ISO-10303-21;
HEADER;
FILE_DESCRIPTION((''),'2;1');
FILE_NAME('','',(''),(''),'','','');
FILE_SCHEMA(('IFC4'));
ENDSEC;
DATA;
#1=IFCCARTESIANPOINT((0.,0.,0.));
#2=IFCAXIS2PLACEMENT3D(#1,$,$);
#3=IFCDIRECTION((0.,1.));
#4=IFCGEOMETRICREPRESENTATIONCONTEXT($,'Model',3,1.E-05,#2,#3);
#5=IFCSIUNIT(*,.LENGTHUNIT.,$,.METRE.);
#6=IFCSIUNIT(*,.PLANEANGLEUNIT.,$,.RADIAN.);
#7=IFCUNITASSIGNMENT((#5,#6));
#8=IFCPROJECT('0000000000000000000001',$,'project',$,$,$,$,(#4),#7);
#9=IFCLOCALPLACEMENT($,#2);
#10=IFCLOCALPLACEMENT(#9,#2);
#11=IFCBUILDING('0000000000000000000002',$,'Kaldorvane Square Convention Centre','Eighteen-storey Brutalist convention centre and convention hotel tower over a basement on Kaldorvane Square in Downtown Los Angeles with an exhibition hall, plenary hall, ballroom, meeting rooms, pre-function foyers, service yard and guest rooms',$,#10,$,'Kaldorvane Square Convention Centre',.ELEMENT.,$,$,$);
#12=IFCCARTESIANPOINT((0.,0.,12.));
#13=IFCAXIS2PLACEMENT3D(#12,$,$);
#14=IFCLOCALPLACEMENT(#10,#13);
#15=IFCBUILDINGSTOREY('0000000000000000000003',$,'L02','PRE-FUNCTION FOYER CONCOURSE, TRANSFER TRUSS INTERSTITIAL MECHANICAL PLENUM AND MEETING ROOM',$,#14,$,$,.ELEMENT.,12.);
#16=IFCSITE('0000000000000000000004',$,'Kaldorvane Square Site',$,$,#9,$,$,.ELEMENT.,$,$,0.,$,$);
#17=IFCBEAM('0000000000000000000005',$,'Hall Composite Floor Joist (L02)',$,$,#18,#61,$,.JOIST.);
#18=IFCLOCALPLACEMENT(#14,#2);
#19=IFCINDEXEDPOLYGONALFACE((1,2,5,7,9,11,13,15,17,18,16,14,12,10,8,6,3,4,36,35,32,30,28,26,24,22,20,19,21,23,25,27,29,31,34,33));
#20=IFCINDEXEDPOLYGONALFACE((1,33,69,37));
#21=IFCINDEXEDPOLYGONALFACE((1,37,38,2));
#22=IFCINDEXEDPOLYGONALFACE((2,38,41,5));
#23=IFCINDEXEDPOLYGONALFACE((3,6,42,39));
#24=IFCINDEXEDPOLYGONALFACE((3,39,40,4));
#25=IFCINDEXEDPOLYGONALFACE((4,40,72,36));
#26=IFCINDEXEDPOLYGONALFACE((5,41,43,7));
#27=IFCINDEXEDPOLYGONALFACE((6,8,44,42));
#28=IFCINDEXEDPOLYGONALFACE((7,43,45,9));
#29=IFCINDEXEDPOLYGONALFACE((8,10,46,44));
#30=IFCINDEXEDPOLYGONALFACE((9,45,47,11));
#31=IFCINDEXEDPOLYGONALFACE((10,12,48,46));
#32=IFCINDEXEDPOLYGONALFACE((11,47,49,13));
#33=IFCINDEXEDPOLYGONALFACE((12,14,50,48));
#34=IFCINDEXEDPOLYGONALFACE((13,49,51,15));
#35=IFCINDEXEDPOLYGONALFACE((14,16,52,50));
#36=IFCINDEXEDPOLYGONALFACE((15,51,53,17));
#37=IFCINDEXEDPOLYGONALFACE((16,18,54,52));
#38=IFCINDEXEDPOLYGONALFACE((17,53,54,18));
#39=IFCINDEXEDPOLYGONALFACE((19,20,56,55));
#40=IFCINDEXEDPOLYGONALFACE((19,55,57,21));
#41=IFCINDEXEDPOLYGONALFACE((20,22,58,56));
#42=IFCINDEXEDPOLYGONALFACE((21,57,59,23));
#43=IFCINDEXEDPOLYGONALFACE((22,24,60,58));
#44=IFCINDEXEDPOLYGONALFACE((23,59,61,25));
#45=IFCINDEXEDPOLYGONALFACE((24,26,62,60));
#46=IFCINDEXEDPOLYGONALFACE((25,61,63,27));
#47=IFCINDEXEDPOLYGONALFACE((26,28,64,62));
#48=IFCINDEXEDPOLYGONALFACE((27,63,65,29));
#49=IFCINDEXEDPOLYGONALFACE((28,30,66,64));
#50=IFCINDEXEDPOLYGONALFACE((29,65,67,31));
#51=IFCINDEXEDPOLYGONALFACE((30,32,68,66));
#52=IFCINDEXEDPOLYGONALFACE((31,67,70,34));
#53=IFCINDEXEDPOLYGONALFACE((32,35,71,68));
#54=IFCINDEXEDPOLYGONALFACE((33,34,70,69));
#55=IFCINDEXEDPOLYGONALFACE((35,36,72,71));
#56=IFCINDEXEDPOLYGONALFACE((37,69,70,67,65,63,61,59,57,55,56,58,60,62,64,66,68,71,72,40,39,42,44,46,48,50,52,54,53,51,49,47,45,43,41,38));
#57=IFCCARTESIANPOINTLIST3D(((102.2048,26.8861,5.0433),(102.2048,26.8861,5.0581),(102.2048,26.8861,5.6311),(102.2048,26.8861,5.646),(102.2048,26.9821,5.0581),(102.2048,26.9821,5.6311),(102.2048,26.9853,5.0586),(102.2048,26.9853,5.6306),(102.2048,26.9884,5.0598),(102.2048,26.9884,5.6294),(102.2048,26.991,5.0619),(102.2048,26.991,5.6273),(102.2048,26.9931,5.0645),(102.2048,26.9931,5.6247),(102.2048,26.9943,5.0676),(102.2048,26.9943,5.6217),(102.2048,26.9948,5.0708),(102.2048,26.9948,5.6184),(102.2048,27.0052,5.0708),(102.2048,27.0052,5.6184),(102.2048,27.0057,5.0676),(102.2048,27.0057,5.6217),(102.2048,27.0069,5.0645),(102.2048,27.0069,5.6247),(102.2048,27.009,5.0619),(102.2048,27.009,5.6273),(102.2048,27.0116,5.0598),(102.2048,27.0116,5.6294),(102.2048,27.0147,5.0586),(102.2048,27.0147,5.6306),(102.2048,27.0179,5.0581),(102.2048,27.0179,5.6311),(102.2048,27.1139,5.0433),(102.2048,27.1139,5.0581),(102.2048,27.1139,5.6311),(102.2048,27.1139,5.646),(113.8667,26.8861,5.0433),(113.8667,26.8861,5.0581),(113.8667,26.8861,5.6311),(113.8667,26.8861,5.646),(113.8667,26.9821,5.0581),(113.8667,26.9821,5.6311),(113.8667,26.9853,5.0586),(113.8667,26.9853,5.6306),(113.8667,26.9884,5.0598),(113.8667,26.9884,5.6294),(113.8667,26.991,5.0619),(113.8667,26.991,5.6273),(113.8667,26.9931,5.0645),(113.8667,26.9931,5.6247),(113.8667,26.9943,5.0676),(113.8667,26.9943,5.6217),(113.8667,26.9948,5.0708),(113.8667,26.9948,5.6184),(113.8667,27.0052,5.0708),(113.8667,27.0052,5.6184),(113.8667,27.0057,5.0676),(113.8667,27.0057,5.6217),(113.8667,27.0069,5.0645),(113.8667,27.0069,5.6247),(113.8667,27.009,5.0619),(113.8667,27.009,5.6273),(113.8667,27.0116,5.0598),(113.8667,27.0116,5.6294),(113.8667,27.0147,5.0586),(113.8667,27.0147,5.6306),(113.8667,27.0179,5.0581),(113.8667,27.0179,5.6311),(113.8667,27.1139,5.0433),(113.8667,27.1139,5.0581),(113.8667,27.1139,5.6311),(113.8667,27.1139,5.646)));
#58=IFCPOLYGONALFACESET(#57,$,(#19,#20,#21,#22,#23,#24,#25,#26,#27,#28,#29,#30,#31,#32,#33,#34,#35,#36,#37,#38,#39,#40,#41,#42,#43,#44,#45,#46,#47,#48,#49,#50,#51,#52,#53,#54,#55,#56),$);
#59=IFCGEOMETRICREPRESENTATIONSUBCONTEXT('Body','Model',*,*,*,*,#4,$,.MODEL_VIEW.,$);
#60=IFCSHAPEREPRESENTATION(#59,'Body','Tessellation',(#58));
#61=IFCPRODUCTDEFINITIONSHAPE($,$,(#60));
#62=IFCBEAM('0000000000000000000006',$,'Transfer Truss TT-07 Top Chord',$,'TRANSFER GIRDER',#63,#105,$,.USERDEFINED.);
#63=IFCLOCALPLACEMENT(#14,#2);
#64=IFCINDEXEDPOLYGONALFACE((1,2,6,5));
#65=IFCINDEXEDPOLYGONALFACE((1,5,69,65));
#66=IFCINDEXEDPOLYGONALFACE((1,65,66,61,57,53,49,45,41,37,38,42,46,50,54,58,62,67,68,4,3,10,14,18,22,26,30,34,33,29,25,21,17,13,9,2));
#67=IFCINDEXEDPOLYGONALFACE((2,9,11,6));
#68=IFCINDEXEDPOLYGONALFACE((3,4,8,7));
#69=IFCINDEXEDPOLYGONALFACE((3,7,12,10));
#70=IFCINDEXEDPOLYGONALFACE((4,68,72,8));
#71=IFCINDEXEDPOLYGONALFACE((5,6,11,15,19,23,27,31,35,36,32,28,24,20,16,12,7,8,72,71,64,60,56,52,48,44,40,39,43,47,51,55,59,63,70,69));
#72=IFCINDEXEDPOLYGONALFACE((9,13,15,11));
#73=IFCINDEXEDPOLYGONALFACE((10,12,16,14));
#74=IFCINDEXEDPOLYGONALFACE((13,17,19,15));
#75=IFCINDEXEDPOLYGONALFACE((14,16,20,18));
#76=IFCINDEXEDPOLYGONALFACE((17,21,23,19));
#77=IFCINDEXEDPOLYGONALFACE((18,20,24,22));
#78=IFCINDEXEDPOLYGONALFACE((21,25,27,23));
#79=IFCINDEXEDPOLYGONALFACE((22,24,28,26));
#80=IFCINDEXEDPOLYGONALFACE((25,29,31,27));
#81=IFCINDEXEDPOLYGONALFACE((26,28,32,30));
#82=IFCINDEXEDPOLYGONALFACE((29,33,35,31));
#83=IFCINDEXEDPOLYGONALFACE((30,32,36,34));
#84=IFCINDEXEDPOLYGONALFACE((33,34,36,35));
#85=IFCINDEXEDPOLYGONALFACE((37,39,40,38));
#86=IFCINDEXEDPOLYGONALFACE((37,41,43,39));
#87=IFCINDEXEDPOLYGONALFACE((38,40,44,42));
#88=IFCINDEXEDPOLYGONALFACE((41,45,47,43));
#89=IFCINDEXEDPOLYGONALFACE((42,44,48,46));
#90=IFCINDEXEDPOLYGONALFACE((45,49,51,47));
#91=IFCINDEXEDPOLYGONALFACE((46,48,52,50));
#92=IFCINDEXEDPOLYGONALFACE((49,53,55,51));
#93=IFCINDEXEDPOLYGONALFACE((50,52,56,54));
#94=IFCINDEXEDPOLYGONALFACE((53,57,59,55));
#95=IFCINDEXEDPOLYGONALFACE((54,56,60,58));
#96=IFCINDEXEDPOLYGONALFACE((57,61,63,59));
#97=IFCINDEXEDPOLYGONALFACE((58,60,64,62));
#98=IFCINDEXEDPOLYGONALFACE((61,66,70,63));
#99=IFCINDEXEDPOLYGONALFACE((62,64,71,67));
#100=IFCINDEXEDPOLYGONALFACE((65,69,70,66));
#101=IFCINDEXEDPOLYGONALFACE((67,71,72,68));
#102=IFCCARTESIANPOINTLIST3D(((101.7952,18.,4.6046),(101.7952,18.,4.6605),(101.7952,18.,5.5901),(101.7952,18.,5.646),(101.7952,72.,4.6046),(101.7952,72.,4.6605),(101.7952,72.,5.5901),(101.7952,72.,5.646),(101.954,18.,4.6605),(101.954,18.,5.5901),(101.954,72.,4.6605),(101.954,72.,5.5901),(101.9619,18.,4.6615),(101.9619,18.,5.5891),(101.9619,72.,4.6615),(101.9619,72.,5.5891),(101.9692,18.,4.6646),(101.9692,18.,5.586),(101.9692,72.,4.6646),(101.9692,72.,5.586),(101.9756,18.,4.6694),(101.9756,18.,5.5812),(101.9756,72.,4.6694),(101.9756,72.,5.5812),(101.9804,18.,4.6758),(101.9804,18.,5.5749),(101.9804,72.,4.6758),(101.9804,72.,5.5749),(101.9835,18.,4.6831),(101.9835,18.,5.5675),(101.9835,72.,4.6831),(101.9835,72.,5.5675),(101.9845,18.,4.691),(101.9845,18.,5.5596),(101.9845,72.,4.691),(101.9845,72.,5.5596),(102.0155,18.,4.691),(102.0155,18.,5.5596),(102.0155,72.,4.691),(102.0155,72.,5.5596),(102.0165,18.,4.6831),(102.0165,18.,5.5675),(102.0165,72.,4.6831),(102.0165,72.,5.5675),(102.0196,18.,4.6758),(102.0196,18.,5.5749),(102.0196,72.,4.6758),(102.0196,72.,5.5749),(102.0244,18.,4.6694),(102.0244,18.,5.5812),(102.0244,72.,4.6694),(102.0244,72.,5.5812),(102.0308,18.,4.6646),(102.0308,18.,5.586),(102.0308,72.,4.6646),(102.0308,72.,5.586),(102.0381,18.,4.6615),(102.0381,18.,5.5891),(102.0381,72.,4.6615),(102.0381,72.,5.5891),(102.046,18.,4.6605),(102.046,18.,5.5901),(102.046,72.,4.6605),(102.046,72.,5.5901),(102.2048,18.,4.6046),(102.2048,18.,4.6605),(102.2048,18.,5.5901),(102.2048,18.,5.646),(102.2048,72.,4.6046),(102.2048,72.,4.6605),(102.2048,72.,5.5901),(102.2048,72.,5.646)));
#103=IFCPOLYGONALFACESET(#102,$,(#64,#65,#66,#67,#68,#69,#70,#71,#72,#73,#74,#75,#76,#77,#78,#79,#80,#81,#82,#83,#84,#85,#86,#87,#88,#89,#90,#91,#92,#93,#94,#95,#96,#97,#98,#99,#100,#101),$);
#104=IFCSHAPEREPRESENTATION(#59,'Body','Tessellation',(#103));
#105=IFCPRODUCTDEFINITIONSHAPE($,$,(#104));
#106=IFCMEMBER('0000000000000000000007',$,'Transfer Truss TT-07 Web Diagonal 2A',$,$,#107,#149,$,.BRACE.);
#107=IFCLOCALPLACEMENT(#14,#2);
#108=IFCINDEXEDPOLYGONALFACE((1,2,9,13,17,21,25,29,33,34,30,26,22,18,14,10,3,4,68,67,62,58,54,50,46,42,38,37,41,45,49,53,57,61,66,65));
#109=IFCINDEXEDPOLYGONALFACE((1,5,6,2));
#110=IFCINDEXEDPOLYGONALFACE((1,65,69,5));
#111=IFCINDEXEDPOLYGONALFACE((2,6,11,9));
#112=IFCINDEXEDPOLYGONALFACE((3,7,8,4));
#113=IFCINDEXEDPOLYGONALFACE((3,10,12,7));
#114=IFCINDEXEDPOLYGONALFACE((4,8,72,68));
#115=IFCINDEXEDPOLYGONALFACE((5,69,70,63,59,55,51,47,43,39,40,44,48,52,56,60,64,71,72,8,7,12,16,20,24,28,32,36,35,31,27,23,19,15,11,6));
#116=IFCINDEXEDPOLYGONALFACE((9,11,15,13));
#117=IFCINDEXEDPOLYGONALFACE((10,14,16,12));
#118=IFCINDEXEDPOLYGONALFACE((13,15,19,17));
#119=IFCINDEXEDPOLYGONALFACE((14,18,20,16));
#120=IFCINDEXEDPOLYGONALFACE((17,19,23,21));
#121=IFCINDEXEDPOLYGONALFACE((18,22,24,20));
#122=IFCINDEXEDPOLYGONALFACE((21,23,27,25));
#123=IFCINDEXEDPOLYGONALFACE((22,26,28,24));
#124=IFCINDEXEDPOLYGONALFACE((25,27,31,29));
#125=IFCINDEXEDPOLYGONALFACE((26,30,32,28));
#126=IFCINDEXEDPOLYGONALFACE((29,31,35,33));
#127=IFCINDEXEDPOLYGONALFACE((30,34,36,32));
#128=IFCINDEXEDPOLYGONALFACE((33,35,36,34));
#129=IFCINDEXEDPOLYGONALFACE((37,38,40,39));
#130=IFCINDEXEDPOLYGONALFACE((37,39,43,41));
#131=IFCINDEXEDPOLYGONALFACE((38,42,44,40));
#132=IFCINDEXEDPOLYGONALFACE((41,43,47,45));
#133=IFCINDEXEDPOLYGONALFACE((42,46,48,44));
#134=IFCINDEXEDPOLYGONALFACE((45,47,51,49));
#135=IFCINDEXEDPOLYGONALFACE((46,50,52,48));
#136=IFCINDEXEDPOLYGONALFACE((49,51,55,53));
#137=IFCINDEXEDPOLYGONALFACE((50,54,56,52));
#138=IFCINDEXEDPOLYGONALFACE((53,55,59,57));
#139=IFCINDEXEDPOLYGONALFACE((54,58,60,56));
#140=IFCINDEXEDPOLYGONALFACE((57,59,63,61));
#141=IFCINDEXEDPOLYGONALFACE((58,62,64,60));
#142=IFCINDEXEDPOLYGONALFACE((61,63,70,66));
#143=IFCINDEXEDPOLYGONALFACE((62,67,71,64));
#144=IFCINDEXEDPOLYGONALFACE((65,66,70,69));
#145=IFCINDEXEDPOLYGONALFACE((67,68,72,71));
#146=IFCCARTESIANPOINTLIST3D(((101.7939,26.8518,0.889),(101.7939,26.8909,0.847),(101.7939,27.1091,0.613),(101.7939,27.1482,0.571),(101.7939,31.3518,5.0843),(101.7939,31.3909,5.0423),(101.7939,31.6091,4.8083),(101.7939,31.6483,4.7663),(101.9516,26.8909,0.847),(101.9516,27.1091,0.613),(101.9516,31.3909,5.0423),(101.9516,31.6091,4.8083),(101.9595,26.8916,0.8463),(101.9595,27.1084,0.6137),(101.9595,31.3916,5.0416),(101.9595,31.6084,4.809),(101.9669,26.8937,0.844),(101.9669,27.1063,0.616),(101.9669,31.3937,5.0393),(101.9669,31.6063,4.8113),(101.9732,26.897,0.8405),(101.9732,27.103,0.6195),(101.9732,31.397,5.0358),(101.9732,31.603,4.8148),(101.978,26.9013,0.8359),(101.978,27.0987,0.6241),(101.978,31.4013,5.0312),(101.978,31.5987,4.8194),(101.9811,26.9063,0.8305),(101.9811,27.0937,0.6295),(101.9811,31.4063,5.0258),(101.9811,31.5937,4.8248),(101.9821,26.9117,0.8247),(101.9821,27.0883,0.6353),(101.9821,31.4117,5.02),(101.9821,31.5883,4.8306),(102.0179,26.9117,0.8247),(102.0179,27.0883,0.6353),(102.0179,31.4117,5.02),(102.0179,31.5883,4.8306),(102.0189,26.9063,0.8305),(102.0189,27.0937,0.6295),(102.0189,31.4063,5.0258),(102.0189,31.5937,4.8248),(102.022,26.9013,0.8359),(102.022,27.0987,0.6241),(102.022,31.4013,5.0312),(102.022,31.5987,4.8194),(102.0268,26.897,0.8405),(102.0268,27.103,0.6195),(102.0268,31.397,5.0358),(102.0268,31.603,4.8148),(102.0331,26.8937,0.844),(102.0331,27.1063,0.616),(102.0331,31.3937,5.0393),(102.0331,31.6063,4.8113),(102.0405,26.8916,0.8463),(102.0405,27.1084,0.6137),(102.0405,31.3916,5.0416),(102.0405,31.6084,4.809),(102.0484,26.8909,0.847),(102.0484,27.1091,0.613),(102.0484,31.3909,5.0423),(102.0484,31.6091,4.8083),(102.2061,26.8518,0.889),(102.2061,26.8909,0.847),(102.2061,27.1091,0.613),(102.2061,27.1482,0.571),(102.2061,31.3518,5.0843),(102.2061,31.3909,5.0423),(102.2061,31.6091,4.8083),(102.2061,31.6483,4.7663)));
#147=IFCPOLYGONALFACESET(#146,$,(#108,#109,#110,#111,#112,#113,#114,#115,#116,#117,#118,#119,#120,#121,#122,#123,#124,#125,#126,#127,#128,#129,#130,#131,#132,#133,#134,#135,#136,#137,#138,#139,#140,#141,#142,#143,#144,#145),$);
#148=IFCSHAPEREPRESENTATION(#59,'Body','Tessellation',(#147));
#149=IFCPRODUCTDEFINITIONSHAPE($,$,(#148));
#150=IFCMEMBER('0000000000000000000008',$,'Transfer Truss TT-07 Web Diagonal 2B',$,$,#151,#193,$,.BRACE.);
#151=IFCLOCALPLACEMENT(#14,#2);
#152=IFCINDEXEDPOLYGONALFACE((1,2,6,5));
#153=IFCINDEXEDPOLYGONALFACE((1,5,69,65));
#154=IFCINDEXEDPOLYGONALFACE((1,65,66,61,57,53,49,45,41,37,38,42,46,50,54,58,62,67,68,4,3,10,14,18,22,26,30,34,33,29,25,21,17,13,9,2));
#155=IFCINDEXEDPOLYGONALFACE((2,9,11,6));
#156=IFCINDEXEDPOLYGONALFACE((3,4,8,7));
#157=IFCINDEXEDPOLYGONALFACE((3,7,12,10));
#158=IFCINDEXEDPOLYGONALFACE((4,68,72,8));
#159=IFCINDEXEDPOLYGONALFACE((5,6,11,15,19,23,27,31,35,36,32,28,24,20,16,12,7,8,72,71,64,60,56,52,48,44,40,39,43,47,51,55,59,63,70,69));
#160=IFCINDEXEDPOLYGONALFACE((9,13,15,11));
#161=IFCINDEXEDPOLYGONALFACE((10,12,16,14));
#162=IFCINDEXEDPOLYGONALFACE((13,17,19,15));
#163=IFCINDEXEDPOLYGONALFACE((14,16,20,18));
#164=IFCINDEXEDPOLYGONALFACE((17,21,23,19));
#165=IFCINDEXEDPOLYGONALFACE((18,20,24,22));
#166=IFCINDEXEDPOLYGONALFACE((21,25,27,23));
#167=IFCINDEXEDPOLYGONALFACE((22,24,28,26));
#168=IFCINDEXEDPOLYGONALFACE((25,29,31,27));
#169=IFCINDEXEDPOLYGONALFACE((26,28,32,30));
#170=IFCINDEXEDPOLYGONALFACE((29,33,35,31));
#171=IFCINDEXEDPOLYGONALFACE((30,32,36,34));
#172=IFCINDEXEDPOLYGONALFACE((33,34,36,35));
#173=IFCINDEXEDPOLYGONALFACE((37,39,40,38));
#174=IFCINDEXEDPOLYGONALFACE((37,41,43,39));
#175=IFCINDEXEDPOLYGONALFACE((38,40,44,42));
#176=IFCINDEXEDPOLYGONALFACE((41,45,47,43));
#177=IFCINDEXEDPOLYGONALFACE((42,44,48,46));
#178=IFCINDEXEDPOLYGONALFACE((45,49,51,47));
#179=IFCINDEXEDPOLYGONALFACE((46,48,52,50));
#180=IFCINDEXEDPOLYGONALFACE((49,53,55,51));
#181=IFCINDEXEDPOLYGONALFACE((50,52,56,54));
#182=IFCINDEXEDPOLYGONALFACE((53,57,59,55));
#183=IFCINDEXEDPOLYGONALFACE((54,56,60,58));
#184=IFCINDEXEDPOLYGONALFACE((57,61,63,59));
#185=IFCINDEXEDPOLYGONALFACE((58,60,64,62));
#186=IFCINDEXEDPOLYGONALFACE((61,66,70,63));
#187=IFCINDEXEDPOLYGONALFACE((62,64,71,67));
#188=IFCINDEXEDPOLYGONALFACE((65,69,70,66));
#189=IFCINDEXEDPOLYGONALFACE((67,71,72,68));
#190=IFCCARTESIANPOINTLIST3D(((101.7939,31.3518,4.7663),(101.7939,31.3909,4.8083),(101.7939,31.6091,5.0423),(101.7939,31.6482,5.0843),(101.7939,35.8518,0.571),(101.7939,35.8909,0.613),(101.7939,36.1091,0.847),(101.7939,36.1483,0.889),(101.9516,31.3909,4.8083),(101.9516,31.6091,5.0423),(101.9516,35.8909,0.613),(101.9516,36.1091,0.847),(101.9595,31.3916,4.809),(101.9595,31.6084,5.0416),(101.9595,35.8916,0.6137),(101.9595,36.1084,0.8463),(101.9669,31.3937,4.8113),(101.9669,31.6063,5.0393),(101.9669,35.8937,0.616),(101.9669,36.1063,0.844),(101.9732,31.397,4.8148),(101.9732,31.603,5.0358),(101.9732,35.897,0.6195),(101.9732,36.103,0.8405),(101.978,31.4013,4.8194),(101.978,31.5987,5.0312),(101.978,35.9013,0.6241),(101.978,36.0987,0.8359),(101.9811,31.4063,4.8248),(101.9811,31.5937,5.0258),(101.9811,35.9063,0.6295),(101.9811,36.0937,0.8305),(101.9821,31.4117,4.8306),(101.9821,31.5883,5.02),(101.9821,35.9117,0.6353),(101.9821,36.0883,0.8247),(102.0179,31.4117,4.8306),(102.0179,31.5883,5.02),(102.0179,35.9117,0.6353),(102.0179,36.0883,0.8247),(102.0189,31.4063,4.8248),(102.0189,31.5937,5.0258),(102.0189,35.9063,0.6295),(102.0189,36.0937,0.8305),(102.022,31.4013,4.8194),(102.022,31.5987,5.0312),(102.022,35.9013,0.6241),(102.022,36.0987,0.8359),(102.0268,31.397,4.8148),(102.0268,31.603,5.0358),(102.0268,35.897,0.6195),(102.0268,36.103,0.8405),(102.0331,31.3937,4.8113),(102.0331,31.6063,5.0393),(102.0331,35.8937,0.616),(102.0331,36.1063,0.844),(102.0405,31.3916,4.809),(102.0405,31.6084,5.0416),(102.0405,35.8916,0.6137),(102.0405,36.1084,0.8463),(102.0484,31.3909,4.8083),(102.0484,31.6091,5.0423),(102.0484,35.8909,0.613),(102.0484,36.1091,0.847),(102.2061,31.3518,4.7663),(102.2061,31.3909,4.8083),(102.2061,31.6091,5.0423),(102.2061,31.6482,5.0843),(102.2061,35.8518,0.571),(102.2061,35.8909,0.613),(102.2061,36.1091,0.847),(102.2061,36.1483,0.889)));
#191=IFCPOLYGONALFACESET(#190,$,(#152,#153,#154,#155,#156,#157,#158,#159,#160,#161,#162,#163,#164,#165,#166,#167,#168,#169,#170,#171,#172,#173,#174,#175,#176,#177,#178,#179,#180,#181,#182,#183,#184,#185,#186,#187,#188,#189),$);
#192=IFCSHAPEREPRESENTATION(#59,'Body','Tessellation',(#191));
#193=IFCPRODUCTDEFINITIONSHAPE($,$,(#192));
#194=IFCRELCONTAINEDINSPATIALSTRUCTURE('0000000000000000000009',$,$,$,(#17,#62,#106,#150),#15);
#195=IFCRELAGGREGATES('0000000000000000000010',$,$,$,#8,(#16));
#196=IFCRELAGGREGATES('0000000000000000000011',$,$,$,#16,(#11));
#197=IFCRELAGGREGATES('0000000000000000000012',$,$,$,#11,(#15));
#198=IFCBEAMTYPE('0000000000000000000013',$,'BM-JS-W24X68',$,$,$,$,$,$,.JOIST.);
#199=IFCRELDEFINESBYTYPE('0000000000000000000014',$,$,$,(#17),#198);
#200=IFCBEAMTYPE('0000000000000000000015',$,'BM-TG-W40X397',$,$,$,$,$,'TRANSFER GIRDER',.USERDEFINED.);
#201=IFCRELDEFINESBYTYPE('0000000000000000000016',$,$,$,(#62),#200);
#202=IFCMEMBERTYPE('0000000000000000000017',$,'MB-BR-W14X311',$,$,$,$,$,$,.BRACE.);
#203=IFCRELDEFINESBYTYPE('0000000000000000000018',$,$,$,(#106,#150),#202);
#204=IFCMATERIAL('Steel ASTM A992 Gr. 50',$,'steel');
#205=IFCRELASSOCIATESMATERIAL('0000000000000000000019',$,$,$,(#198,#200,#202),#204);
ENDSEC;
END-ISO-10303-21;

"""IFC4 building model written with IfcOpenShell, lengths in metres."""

from ifc_helpers import new_model, si_unit, direction, frame, origin, origin_2d, place, context, subcontext, project, spatial, i_section, extrude, material, material_profile, profile_set, type_object, element, save


model = new_model("IFC4")

# Units and contexts
model_context = context("Model", 3, precision=1e-05, world=origin(), true_north=direction((0.0, 1.0)))
body_context = subcontext(model_context, "Body", "Model", "MODEL_VIEW")
ifc_project = project(units=[si_unit("LENGTHUNIT", "METRE"), si_unit("PLANEANGLEUNIT", "RADIAN")], contexts=[model_context])

# Site, building, storey
site_placement = place(None, origin())
site = spatial("IfcSite", under=ifc_project, at=site_placement, Name="Kaldorvane Square Site", CompositionType="ELEMENT", RefElevation=0.0)
building_placement = place(site_placement, origin())
building = spatial("IfcBuilding", under=site, at=building_placement, Name="Kaldorvane Square Convention Centre", Description="Eighteen-storey Brutalist convention centre and convention hotel tower over a basement on Kaldorvane Square in Downtown Los Angeles with an exhibition hall, plenary hall, ballroom, meeting rooms, pre-function foyers, service yard and guest rooms", LongName="Kaldorvane Square Convention Centre", CompositionType="ELEMENT")
storey_placement = place(building_placement, frame((0.0, 0.0, 12.0)))
storey = spatial("IfcBuildingStorey", under=building, at=storey_placement, Name="L02", Description="PRE-FUNCTION FOYER CONCOURSE, TRANSFER TRUSS INTERSTITIAL MECHANICAL PLENUM AND MEETING ROOM", CompositionType="ELEMENT", Elevation=12.0)

# Shared definitions
ifc_material_1 = material(Name="Steel ASTM A992 Gr. 50", Category="steel")

# Beams
ifc_material_profile_1 = material_profile(ifc_material_1, i_section(OverallWidth=0.2277, OverallDepth=0.6027, WebThickness=0.0105, FlangeThickness=0.0149, FilletRadius=0.0127, at=origin_2d()), Name="W24X68")
ifc_profile_set_1 = profile_set([ifc_material_profile_1], Name="Steel ASTM A992 Gr. 50")
beam_type_1 = type_object("IfcBeamType", Name="BM-JS-W24X68", PredefinedType="JOIST", material=ifc_profile_set_1)
for number, where, z_axis, x_axis, name in (
    (1, (102.2048, 27.0, 5.3446), (1.0, 0.0, 0.0), (0.0, 1.0, 0.0), "Hall Composite Floor Joist (L02)"),
):
    element("IfcBeam", number, at=place(storey_placement, frame(where, z_axis=z_axis, x_axis=x_axis)), inside=storey, type_object=beam_type_1, Name=name, PredefinedType="JOIST", context=body_context, shape_type="SweptSolid", body=[
        extrude(i_section(OverallWidth=0.2277, OverallDepth=0.6027, WebThickness=0.0105, FlangeThickness=0.0149, FilletRadius=0.0127, at=origin_2d()), origin(), (0.0, 0.0, 1.0), 11.6619),
    ])
ifc_material_profile_2 = material_profile(ifc_material_1, i_section(OverallWidth=0.4096, OverallDepth=1.0414, WebThickness=0.031, FlangeThickness=0.0559, FilletRadius=0.0305, at=origin_2d()), Name="W40X397")
ifc_profile_set_2 = profile_set([ifc_material_profile_2], Name="Steel ASTM A992 Gr. 50")
beam_type_2 = type_object("IfcBeamType", Name="BM-TG-W40X397", ElementType="TRANSFER GIRDER", PredefinedType="USERDEFINED", material=ifc_profile_set_2)
beam_1_placement = place(storey_placement, frame((102.0, 18.0, 5.1253), z_axis=(0.0, 1.0, 0.0), x_axis=(-1.0, 0.0, 0.0)))
element("IfcBeam", 2, at=beam_1_placement, inside=storey, type_object=beam_type_2, Name="Transfer Truss TT-07 Top Chord", ObjectType="TRANSFER GIRDER", PredefinedType="USERDEFINED", context=body_context, shape_type="SweptSolid", body=[
    extrude(i_section(OverallWidth=0.4096, OverallDepth=1.0414, WebThickness=0.031, FlangeThickness=0.0559, FilletRadius=0.0305, at=origin_2d()), origin(), (0.0, 0.0, 1.0), 54.0),
])

# Members
ifc_material_profile_3 = material_profile(ifc_material_1, i_section(OverallWidth=0.4122, OverallDepth=0.4348, WebThickness=0.0358, FlangeThickness=0.0574, FilletRadius=0.0305, at=origin_2d()), Name="W14X311")
ifc_profile_set_3 = profile_set([ifc_material_profile_3], Name="Steel ASTM A992 Gr. 50")
member_type_1 = type_object("IfcMemberType", Name="MB-BR-W14X311", PredefinedType="BRACE", material=ifc_profile_set_3)
for number, where, z_axis, x_axis, name in (
    (3, (102.0, 27.0, 0.73), (0.0, 0.731436, 0.68191), (-1.0, 0.0, 0.0), "Transfer Truss TT-07 Web Diagonal 2A"),
    (4, (102.0, 31.5, 4.9253), (0.0, 0.731436, -0.68191), (-1.0, 0.0, 0.0), "Transfer Truss TT-07 Web Diagonal 2B"),
):
    element("IfcMember", number, at=place(storey_placement, frame(where, z_axis=z_axis, x_axis=x_axis)), inside=storey, type_object=member_type_1, Name=name, PredefinedType="BRACE", context=body_context, shape_type="SweptSolid", body=[
        extrude(i_section(OverallWidth=0.4122, OverallDepth=0.4348, WebThickness=0.0358, FlangeThickness=0.0574, FilletRadius=0.0305, at=origin_2d()), origin(), (0.0, 0.0, 1.0), 6.1523),
    ])

save(model, "model.ifc")
